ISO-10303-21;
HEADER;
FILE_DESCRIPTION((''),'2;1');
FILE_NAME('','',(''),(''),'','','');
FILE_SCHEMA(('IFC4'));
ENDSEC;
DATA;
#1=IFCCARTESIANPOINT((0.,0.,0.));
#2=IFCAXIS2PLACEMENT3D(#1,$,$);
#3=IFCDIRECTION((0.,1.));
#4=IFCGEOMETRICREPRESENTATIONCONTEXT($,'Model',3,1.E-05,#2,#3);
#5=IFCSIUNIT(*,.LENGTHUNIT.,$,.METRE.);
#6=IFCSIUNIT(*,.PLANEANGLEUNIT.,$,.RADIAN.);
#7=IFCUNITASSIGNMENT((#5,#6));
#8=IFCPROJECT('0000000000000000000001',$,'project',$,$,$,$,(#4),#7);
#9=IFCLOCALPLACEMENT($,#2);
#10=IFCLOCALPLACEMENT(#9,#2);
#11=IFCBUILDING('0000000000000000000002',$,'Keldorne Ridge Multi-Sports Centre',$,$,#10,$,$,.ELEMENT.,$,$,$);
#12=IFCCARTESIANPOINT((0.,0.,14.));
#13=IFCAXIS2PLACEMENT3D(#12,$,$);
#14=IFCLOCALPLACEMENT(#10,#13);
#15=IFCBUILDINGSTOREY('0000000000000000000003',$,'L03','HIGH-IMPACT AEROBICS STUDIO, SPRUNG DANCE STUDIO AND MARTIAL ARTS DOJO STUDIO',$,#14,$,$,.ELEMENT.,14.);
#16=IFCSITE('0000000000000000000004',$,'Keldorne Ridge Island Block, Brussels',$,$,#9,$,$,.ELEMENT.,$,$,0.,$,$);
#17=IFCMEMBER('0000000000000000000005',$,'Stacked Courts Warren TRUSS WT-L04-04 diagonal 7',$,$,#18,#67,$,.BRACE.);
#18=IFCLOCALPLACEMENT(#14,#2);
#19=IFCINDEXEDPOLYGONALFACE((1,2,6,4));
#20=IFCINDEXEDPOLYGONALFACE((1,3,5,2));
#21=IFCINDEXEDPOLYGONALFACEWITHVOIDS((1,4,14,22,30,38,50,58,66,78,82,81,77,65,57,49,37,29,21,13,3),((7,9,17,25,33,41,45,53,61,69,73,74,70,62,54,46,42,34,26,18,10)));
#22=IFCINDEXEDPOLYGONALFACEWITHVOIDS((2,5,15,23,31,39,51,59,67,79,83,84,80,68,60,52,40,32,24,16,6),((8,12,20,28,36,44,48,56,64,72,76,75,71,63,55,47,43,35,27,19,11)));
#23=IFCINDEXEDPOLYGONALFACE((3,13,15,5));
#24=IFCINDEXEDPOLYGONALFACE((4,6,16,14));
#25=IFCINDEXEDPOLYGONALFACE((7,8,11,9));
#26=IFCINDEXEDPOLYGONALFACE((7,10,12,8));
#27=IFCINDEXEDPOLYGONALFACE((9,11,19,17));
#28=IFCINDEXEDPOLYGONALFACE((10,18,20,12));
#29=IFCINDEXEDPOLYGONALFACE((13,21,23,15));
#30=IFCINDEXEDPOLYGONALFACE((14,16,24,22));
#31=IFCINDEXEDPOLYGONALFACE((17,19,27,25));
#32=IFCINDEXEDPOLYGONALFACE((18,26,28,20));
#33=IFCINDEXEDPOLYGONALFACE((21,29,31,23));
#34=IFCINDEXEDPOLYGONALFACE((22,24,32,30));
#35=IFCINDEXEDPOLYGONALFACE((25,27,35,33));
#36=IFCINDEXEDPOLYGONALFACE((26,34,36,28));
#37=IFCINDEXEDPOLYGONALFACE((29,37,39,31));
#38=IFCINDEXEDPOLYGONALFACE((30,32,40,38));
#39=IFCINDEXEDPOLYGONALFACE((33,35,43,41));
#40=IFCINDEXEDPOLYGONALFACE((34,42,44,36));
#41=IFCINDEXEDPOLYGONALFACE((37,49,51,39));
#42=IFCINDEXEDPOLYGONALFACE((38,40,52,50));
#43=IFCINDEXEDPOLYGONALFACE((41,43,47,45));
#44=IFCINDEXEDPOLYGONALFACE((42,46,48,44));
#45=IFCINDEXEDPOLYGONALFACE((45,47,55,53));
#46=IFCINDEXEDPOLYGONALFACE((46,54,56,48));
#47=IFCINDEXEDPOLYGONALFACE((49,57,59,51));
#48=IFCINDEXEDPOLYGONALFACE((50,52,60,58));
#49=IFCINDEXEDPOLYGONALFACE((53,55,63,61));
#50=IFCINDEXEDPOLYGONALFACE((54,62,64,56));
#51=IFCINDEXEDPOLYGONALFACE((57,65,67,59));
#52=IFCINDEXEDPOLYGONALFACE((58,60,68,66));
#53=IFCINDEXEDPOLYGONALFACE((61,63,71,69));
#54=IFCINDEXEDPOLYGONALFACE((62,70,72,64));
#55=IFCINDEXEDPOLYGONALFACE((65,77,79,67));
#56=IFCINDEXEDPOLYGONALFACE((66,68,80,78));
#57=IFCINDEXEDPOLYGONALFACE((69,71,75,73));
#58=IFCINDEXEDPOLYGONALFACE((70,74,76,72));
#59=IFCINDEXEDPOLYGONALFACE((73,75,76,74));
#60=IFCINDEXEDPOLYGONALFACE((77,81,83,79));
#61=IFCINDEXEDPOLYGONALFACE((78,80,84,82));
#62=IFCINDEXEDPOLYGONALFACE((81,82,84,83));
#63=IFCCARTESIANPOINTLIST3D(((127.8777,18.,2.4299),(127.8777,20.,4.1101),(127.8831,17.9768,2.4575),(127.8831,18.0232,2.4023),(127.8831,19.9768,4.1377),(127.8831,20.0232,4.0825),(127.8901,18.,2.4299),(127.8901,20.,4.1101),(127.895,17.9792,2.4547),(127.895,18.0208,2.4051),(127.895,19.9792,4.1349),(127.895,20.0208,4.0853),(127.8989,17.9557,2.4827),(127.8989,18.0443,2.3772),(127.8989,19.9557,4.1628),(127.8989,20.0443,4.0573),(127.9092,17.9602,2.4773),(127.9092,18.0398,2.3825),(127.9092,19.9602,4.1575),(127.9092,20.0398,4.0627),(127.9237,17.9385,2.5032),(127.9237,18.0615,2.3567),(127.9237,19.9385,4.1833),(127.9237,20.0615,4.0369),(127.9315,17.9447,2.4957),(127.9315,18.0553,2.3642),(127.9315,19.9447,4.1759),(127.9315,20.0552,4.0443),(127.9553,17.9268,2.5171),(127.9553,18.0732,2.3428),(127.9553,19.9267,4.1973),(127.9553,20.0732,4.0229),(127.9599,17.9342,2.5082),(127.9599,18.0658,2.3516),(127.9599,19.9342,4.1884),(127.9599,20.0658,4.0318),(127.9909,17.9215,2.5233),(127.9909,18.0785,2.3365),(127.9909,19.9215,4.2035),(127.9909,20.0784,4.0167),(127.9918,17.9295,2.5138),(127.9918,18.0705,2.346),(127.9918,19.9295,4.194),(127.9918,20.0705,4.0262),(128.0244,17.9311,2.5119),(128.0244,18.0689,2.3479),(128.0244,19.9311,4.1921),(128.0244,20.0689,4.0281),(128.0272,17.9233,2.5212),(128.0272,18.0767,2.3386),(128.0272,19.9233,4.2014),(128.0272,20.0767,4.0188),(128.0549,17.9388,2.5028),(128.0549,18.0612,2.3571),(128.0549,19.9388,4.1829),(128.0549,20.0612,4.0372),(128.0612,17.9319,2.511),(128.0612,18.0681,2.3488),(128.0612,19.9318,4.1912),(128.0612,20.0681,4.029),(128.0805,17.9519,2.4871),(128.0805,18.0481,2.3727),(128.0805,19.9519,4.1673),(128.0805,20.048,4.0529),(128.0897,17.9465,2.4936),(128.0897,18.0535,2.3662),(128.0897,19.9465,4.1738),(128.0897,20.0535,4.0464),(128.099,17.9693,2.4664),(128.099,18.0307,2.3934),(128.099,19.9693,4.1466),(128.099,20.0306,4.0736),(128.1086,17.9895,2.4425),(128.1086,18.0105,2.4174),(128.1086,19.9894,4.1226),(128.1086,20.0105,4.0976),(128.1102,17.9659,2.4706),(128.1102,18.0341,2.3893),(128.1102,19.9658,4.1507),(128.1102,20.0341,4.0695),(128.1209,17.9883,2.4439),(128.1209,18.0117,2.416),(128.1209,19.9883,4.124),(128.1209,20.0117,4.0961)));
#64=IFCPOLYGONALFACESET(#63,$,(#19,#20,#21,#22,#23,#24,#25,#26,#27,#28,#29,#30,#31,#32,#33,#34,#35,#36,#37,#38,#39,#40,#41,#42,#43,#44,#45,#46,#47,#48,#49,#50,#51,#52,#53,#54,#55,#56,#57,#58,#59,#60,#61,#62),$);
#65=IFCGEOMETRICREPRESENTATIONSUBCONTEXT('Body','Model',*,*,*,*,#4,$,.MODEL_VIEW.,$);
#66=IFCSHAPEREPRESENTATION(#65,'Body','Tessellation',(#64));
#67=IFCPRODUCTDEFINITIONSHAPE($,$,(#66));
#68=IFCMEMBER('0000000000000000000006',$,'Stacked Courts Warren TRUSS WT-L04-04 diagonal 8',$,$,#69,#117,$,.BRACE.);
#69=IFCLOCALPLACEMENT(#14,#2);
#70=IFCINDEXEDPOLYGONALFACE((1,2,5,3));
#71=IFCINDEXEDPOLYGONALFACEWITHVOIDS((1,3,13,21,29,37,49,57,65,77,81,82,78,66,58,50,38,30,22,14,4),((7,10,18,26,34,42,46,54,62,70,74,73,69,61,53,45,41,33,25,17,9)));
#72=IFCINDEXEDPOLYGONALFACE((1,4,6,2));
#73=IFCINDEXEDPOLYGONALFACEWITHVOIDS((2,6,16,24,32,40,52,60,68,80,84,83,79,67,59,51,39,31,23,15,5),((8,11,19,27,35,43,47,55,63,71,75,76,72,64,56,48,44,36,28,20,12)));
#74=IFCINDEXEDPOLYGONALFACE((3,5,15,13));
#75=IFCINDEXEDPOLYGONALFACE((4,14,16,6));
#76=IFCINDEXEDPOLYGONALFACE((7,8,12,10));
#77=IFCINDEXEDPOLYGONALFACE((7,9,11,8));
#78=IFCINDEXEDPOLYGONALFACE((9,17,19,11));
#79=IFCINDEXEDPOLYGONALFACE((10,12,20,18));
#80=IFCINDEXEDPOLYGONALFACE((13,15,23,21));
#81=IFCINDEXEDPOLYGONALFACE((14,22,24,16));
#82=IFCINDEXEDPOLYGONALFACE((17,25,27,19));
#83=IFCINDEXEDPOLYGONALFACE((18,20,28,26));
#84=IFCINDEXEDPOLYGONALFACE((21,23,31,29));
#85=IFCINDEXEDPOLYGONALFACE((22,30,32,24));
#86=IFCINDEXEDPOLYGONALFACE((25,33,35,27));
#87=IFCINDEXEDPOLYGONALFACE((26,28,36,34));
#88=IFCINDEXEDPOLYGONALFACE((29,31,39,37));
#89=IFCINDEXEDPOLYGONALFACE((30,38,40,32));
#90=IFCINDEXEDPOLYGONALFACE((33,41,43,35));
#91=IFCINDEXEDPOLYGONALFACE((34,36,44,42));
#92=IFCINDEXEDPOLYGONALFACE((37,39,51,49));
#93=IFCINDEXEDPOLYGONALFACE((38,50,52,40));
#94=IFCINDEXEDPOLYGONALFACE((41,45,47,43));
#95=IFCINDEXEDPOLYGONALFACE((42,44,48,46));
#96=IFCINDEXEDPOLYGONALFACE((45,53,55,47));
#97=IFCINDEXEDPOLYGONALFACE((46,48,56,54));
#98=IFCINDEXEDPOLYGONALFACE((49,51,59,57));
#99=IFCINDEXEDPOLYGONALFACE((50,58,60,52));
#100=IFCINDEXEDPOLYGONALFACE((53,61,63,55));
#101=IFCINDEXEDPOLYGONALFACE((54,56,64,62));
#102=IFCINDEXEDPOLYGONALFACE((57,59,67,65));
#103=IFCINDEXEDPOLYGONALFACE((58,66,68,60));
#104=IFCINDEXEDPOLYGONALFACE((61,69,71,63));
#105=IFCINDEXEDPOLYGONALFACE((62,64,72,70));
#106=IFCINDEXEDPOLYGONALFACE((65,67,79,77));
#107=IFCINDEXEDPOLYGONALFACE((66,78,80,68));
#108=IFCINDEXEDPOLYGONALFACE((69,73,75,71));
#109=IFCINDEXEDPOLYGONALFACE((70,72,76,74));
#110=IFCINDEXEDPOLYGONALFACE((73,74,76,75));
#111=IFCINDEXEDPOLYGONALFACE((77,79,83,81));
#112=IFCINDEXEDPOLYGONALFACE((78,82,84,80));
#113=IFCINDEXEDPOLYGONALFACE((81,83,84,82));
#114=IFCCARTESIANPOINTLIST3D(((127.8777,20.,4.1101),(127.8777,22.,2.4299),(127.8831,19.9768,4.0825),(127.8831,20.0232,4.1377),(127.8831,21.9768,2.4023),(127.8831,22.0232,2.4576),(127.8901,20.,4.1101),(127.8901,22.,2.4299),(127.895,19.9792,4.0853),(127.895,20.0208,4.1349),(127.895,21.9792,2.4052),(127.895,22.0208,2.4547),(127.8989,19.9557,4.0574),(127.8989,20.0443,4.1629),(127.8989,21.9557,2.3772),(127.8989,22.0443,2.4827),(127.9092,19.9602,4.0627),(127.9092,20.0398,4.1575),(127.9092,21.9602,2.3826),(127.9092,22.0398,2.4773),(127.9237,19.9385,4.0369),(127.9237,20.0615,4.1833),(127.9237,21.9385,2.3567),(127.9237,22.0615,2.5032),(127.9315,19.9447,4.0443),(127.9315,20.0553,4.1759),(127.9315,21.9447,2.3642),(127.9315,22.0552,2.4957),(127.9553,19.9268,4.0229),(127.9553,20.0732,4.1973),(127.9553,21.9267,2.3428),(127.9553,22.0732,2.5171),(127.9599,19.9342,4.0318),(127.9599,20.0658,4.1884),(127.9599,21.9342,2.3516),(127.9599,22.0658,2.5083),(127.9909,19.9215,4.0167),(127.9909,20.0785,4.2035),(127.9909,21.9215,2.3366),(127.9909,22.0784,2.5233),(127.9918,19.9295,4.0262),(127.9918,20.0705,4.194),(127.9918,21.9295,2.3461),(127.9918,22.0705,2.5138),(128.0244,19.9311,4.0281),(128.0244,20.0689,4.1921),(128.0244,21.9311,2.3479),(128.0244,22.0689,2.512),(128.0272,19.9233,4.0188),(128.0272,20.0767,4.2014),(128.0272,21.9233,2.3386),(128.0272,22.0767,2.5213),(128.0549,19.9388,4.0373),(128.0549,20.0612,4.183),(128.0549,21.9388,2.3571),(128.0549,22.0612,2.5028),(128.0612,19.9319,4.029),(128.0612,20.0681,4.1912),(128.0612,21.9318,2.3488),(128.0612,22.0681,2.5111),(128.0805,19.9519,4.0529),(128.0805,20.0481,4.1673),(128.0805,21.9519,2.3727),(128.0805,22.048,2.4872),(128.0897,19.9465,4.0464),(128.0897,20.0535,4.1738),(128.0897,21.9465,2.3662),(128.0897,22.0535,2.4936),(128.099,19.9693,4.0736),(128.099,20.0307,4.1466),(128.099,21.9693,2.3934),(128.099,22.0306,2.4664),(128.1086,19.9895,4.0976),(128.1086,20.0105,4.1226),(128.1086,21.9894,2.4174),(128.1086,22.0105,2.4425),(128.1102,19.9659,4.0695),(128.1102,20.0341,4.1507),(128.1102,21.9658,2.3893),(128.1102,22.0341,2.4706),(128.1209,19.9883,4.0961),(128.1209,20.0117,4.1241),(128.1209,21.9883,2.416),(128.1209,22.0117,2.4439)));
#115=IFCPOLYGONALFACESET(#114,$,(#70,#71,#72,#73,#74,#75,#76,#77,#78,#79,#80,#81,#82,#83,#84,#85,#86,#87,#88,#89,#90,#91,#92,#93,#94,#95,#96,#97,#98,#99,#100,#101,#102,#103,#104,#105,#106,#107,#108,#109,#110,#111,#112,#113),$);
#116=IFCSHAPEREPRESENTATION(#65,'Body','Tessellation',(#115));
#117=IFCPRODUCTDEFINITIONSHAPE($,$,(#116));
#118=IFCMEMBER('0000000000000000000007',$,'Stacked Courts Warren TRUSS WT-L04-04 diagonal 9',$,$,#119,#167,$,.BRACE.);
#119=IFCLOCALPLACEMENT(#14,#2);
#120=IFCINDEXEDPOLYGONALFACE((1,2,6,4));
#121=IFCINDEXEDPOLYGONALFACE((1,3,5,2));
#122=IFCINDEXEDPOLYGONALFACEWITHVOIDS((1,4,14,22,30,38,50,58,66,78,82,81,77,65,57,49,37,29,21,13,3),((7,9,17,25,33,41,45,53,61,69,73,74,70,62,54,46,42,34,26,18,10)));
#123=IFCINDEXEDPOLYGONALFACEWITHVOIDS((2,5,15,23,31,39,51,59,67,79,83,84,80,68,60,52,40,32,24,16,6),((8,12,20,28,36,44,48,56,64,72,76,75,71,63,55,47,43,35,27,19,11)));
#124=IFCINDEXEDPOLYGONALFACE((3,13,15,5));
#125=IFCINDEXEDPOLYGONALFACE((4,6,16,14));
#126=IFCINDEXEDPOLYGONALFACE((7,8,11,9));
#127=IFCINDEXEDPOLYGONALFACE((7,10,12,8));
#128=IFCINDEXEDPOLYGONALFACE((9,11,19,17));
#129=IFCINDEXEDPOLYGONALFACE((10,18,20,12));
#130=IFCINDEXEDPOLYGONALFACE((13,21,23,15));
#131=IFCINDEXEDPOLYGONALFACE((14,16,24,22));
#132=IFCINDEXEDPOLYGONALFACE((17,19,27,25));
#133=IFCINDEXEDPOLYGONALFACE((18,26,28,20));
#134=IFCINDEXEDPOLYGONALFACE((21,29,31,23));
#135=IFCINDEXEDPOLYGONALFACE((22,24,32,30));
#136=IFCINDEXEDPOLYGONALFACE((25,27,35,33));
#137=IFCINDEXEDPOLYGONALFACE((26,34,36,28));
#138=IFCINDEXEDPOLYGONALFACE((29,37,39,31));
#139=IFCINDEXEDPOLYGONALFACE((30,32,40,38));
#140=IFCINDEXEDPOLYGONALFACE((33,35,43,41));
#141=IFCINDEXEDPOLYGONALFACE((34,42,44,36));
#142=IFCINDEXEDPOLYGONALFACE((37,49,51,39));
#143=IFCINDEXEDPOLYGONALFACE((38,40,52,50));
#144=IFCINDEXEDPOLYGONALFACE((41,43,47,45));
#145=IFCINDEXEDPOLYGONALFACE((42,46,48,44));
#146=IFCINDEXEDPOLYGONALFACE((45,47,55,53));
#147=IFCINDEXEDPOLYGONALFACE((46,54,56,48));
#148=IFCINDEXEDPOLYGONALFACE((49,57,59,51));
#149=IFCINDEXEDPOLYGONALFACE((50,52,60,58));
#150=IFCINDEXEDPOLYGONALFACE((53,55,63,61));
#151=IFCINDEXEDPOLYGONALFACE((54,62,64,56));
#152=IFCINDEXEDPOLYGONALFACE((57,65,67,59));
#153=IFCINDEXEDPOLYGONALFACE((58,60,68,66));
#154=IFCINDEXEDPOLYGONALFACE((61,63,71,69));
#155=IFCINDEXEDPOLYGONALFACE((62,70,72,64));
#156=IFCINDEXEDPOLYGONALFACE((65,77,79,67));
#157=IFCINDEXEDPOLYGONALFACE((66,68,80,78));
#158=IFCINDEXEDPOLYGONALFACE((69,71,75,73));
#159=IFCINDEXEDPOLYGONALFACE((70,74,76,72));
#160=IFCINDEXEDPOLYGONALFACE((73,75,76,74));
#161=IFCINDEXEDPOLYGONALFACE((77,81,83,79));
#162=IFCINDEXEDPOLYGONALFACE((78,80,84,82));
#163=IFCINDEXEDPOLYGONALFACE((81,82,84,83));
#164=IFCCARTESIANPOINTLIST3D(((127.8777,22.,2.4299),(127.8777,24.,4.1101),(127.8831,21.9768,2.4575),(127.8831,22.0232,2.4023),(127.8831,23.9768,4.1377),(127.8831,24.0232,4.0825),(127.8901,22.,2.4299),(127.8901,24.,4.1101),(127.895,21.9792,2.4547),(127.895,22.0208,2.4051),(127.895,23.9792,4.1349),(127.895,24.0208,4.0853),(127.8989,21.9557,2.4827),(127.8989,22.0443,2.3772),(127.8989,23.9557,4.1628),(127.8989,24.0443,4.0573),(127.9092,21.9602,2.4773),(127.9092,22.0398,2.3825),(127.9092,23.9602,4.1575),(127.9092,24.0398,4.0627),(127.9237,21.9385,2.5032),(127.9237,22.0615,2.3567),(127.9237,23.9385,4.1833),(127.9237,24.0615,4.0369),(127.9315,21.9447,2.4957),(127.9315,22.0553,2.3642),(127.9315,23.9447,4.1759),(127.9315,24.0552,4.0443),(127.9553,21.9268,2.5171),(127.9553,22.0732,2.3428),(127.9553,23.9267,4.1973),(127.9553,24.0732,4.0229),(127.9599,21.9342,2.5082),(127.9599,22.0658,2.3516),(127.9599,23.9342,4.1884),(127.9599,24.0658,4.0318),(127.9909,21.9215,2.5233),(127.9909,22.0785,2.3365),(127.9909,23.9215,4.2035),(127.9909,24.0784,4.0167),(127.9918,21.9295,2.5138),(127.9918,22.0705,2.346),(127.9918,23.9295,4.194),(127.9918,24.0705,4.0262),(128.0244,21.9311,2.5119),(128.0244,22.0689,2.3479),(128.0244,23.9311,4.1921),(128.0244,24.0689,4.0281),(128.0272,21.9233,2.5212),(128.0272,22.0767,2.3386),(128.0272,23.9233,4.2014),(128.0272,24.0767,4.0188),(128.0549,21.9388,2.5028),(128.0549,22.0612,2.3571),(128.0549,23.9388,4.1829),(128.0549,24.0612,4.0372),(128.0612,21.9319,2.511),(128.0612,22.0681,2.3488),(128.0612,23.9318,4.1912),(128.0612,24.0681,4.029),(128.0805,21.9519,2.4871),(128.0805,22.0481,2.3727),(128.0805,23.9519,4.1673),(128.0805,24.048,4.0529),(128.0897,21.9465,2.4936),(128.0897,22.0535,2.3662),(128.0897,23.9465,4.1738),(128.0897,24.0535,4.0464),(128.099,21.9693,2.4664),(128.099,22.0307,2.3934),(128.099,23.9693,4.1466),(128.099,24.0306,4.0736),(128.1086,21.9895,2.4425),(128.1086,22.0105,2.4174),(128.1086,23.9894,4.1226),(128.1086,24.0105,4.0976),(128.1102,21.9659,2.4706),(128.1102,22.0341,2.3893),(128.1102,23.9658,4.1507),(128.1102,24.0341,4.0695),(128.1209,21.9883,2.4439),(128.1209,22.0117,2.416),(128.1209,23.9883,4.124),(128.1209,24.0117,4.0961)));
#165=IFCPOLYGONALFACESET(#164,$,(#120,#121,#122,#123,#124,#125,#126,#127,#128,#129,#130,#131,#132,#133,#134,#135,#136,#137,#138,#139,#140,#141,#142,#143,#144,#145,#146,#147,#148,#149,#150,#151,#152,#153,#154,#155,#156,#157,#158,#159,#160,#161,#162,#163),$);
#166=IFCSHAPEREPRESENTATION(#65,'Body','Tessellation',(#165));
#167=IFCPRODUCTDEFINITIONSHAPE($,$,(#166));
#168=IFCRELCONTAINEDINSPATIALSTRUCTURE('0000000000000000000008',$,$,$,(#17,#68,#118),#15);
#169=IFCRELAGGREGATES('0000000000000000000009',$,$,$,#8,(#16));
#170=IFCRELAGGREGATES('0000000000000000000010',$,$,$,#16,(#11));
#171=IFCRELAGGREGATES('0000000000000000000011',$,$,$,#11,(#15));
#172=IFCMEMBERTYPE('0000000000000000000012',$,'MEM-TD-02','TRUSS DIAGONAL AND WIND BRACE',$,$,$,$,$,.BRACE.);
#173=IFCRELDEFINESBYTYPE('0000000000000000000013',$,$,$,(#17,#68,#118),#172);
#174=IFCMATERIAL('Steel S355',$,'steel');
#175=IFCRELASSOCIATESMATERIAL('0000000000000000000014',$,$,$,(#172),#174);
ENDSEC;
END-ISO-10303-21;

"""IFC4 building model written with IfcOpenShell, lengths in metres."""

from ifc_helpers import new_model, si_unit, direction, frame, origin, origin_2d, place, context, subcontext, project, spatial, hollow_circle, extrude, material, material_profile, profile_set, type_object, element, save


model = new_model("IFC4")

# Units and contexts
model_context = context("Model", 3, precision=1e-05, world=origin(), true_north=direction((0.0, 1.0)))
body_context = subcontext(model_context, "Body", "Model", "MODEL_VIEW")
ifc_project = project(units=[si_unit("LENGTHUNIT", "METRE"), si_unit("PLANEANGLEUNIT", "RADIAN")], contexts=[model_context])

# Site, building, storey
site_placement = place(None, origin())
site = spatial("IfcSite", under=ifc_project, at=site_placement, Name="Keldorne Ridge Island Block, Brussels", CompositionType="ELEMENT", RefElevation=0.0)
building_placement = place(site_placement, origin())
building = spatial("IfcBuilding", under=site, at=building_placement, Name="Keldorne Ridge Multi-Sports Centre", CompositionType="ELEMENT")
storey_placement = place(building_placement, frame((0.0, 0.0, 14.0)))
storey = spatial("IfcBuildingStorey", under=building, at=storey_placement, Name="L03", Description="HIGH-IMPACT AEROBICS STUDIO, SPRUNG DANCE STUDIO AND MARTIAL ARTS DOJO STUDIO", CompositionType="ELEMENT", Elevation=14.0)

# Members
ifc_material = material(Name="Steel S355", Category="steel")
ifc_material_profile_1 = material_profile(ifc_material, hollow_circle(Radius=0.1223, WallThickness=0.0125, at=origin_2d()), Name="CHS 244.5x12.5")
ifc_profile_set_1 = profile_set([ifc_material_profile_1], Name="Steel S355")
member_type_1 = type_object("IfcMemberType", Name="MEM-TD-02", Description="TRUSS DIAGONAL AND WIND BRACE", PredefinedType="BRACE", material=ifc_profile_set_1)
for number, where, z_axis, x_axis, name in (
    (1, (128.0, 18.0, 2.4299), (0.0, 0.765672, 0.643232), (-1.0, 0.0, 0.0), "Stacked Courts Warren TRUSS WT-L04-04 diagonal 7"),
    (2, (128.0, 20.0, 4.1101), (0.0, 0.765672, -0.643232), (-1.0, 0.0, 0.0), "Stacked Courts Warren TRUSS WT-L04-04 diagonal 8"),
    (3, (128.0, 22.0, 2.4299), (0.0, 0.765672, 0.643232), (-1.0, 0.0, 0.0), "Stacked Courts Warren TRUSS WT-L04-04 diagonal 9"),
):
    element("IfcMember", number, at=place(storey_placement, frame(where, z_axis=z_axis, x_axis=x_axis)), inside=storey, type_object=member_type_1, Name=name, PredefinedType="BRACE", context=body_context, shape_type="SweptSolid", body=[
        extrude(hollow_circle(Radius=0.1223, WallThickness=0.0125, at=origin_2d()), origin(), (0.0, 0.0, 1.0), 2.6121),
    ])

save(model, "model.ifc")
